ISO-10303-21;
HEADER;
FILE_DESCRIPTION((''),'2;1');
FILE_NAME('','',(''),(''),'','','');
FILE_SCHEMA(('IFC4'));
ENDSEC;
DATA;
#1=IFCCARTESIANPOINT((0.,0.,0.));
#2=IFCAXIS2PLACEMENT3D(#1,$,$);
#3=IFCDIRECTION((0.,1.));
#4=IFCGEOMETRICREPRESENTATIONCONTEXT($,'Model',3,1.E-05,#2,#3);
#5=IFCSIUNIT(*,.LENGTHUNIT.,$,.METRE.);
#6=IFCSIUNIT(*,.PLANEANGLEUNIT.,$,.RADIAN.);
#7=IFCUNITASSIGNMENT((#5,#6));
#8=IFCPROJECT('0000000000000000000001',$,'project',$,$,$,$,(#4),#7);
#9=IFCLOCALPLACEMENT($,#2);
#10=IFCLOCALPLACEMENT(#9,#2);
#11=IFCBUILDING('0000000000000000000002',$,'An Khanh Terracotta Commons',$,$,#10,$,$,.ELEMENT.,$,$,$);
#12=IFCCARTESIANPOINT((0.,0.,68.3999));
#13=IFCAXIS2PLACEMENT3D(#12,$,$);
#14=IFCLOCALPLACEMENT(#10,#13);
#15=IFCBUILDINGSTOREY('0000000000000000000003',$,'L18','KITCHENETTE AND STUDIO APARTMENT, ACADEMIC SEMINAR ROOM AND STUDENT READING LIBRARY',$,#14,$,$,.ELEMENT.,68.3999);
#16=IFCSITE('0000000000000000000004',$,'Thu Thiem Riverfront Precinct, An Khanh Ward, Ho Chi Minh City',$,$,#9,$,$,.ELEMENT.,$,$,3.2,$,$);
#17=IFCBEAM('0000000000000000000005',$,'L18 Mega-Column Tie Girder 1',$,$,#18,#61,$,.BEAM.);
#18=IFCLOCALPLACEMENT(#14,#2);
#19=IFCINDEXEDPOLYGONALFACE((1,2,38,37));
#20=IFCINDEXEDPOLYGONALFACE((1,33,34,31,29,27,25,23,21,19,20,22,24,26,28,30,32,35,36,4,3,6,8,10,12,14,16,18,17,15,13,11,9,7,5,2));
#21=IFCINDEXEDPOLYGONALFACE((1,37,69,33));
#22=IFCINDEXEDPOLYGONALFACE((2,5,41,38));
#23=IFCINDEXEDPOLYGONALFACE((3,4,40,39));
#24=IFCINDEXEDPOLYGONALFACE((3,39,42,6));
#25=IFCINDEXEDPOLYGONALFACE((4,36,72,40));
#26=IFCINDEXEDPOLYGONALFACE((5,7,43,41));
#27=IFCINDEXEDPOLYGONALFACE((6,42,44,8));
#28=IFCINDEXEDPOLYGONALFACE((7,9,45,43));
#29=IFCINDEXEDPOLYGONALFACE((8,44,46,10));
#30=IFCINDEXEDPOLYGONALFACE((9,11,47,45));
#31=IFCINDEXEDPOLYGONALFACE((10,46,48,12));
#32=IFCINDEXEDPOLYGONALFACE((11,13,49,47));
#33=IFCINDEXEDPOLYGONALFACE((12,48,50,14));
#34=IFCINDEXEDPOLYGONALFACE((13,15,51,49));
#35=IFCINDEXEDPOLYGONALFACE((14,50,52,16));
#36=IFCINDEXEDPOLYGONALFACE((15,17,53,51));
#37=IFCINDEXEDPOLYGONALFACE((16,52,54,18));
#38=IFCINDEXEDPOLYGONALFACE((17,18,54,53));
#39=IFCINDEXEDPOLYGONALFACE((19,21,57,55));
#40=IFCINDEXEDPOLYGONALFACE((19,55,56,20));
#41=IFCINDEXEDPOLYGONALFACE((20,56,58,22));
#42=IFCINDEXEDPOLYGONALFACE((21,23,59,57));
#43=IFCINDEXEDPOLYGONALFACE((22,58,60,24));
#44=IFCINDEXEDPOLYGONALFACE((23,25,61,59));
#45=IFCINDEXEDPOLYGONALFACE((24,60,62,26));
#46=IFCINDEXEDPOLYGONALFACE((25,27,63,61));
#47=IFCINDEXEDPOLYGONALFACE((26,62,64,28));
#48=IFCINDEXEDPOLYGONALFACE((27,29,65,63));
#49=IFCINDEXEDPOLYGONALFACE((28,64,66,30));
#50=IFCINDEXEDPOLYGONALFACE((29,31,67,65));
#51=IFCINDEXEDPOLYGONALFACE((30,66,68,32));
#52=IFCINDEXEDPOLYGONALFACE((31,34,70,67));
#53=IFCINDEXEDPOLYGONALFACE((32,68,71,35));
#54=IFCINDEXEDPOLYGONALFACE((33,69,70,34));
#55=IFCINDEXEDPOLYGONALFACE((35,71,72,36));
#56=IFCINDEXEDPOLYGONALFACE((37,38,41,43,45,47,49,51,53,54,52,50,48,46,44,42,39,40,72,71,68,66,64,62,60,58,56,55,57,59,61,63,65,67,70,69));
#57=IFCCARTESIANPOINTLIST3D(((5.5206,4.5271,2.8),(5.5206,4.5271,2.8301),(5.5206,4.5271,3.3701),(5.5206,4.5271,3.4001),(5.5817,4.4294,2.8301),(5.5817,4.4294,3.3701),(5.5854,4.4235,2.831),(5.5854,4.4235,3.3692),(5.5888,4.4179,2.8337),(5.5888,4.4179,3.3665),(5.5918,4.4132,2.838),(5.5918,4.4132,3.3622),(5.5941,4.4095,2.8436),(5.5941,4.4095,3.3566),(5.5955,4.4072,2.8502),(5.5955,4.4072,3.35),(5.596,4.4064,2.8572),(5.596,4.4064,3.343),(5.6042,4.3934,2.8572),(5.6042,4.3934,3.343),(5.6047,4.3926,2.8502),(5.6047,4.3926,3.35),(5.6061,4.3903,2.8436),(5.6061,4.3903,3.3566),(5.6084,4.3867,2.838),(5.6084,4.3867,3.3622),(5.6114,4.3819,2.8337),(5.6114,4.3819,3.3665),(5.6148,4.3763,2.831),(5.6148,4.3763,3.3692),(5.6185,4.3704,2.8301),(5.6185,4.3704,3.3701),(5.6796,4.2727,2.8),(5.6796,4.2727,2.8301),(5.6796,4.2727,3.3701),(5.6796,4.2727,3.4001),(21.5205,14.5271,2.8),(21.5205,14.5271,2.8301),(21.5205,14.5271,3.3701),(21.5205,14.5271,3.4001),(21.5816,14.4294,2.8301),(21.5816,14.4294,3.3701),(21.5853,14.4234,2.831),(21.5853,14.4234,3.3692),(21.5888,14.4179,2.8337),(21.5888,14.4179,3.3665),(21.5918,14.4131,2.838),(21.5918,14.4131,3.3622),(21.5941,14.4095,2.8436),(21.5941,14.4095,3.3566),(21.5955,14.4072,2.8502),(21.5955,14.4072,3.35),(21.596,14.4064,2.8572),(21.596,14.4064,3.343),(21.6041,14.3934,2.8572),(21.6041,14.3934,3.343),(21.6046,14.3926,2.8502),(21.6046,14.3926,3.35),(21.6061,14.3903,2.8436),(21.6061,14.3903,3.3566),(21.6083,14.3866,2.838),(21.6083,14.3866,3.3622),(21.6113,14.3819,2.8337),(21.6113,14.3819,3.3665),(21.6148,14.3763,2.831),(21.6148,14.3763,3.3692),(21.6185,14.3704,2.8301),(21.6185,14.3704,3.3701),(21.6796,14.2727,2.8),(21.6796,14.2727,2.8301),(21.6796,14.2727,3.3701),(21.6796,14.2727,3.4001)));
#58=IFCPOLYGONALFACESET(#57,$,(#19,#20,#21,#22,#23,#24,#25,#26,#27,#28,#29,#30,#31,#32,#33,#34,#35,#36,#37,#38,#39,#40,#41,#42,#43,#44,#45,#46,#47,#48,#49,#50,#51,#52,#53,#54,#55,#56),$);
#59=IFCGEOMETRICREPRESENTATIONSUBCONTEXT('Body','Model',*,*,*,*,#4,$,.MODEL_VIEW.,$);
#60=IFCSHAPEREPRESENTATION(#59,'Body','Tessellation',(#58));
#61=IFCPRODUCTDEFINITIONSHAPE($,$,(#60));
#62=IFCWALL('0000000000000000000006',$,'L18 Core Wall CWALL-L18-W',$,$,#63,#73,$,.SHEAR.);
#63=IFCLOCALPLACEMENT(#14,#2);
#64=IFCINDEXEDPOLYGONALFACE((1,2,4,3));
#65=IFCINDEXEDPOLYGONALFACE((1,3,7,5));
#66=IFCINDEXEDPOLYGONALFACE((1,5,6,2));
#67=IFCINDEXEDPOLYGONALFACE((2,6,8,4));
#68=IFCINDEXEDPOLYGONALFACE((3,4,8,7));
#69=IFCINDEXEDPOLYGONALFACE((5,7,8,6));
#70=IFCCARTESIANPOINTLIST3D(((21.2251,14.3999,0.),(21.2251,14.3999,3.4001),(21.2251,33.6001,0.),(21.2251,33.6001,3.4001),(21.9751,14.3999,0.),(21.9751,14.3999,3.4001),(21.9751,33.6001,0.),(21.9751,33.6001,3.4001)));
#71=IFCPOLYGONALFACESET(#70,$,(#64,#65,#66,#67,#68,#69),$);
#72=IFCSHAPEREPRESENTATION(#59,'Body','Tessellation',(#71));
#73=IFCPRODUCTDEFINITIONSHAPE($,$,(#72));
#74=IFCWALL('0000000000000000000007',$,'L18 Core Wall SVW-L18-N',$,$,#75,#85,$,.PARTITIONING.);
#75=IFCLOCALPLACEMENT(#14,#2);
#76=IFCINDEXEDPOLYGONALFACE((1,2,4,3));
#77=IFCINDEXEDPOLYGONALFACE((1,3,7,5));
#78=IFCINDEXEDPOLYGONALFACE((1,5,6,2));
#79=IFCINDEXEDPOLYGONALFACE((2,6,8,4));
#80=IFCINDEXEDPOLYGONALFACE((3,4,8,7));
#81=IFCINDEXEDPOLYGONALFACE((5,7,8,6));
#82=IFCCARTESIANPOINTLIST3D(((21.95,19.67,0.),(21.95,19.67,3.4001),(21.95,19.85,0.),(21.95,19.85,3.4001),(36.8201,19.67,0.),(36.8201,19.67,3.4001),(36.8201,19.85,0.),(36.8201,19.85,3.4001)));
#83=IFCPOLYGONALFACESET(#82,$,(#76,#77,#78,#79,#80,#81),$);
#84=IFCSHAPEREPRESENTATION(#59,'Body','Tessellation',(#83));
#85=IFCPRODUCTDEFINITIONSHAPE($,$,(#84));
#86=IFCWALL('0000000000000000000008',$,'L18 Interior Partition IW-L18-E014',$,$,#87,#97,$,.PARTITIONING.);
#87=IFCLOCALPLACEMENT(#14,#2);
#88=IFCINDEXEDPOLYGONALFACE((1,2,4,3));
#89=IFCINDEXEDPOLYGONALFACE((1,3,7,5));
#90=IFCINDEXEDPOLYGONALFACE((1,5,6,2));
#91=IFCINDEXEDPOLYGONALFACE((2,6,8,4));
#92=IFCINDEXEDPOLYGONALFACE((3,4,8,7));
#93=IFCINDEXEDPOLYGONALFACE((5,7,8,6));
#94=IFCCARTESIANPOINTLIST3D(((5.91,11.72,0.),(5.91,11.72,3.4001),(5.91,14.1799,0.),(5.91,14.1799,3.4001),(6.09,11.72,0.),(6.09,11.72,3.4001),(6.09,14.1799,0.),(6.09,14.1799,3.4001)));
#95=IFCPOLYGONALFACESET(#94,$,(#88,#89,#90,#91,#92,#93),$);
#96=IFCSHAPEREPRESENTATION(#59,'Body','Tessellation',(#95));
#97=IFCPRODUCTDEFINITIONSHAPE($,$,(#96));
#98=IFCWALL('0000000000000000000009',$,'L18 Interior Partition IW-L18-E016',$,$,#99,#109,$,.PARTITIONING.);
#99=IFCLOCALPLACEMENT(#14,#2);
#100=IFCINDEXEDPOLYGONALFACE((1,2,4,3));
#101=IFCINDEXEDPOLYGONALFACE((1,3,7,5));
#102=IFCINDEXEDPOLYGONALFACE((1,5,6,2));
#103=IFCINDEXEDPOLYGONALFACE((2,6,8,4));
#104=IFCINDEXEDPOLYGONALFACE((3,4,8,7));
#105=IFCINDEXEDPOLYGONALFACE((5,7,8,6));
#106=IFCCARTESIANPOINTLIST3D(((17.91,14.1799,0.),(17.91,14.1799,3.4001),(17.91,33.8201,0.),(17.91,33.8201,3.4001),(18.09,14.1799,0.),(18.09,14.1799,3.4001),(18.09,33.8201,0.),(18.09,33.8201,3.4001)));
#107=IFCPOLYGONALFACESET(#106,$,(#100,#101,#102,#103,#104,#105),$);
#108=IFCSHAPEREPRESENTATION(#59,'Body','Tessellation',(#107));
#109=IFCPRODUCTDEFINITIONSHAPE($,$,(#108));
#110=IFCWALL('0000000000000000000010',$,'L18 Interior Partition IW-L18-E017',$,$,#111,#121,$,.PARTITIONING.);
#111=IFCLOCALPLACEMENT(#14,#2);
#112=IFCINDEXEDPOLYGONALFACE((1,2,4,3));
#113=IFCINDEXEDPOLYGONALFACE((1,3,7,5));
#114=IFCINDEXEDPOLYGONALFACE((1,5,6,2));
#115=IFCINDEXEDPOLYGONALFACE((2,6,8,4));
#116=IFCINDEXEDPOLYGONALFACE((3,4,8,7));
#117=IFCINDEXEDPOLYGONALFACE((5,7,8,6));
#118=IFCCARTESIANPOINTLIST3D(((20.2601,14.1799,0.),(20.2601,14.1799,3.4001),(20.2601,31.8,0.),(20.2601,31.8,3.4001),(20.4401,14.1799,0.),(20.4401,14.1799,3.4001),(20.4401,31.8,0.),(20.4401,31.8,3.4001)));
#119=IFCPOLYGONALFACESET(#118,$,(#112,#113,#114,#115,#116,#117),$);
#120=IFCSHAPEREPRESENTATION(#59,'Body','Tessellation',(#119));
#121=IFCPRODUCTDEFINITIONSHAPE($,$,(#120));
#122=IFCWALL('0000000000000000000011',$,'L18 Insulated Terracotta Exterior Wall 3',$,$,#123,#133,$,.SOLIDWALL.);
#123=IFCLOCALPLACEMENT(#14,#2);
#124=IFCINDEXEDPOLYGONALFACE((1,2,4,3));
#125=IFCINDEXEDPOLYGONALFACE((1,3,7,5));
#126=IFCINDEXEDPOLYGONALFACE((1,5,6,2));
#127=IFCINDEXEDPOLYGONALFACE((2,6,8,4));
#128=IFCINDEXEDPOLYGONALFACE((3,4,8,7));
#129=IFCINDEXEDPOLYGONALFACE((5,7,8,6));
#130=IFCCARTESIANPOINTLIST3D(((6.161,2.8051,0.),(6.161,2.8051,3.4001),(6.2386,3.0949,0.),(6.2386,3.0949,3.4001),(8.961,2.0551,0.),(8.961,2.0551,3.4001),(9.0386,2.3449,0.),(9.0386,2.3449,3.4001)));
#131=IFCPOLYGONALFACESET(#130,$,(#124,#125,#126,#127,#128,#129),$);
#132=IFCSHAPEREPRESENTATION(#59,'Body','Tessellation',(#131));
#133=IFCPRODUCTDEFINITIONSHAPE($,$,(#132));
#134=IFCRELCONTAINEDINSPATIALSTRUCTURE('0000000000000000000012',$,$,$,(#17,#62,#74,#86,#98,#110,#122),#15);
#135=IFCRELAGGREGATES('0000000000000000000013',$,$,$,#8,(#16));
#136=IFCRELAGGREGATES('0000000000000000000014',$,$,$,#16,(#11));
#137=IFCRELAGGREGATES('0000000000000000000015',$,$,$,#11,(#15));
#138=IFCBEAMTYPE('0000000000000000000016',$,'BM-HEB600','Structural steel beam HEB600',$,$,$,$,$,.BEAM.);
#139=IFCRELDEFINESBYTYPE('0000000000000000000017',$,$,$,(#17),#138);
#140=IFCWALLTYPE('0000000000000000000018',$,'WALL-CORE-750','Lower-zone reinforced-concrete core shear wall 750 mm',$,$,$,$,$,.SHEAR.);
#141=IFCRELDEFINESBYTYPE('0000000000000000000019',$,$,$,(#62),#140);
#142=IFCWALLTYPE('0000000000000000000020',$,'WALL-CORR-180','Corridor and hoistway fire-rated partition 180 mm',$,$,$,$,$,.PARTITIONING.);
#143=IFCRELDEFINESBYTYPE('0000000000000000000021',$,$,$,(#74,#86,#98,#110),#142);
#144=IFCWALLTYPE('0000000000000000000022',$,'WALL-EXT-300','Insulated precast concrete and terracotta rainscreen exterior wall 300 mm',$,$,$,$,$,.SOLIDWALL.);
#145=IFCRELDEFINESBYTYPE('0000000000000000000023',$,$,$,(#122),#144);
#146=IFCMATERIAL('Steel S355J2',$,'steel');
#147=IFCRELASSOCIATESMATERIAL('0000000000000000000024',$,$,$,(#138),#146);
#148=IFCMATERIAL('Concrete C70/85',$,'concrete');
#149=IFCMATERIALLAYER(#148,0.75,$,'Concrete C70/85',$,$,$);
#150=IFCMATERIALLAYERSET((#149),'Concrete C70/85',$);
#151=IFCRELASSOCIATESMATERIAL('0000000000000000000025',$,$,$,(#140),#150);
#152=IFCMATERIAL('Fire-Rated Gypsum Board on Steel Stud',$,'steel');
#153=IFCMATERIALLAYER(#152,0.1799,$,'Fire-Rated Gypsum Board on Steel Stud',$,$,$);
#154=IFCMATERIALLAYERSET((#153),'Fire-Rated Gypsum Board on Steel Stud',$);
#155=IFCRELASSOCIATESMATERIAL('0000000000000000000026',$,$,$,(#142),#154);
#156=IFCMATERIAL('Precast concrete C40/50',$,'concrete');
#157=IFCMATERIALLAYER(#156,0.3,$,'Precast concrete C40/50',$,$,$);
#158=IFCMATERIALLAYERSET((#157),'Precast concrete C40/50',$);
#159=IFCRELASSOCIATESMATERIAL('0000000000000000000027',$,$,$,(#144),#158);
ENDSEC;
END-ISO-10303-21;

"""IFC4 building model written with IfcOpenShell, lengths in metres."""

from ifc_helpers import new_model, si_unit, direction, frame, frame_2d, origin, origin_2d, place, context, subcontext, project, spatial, rectangle, i_section, extrude, material, layer, layer_set, material_profile, profile_set, type_object, element, save


model = new_model("IFC4")

# Units and contexts
model_context = context("Model", 3, precision=1e-05, world=origin(), true_north=direction((0.0, 1.0)))
body_context = subcontext(model_context, "Body", "Model", "MODEL_VIEW")
ifc_project = project(units=[si_unit("LENGTHUNIT", "METRE"), si_unit("PLANEANGLEUNIT", "RADIAN")], contexts=[model_context])

# Site, building, storey
site_placement = place(None, origin())
site = spatial("IfcSite", under=ifc_project, at=site_placement, Name="Thu Thiem Riverfront Precinct, An Khanh Ward, Ho Chi Minh City", CompositionType="ELEMENT", RefElevation=3.2)
building_placement = place(site_placement, origin())
building = spatial("IfcBuilding", under=site, at=building_placement, Name="An Khanh Terracotta Commons", CompositionType="ELEMENT")
storey_placement = place(building_placement, frame((0.0, 0.0, 68.3999)))
storey = spatial("IfcBuildingStorey", under=building, at=storey_placement, Name="L18", Description="KITCHENETTE AND STUDIO APARTMENT, ACADEMIC SEMINAR ROOM AND STUDENT READING LIBRARY", CompositionType="ELEMENT", Elevation=68.3999)

# Shared definitions
ifc_material_1 = material(Name="Concrete C70/85", Category="concrete")

# Beam
ifc_material_2 = material(Name="Steel S355J2", Category="steel")
ifc_material_profile_1 = material_profile(ifc_material_2, i_section(OverallWidth=0.3, OverallDepth=0.6001, WebThickness=0.0154, FlangeThickness=0.03, FilletRadius=0.0271, at=origin_2d()), Name="HEB600")
ifc_profile_set_1 = profile_set([ifc_material_profile_1], Name="Steel S355J2")
beam_type_1 = type_object("IfcBeamType", Name="BM-HEB600", Description="Structural steel beam HEB600", PredefinedType="BEAM", material=ifc_profile_set_1)
beam_1_placement = place(storey_placement, frame((5.6001, 4.3999, 3.1001), z_axis=(0.847998, 0.529999, 0.0), x_axis=(-0.529999, 0.847998, 0.0)))
element("IfcBeam", 1, at=beam_1_placement, inside=storey, type_object=beam_type_1, Name="L18 Mega-Column Tie Girder 1", PredefinedType="BEAM", context=body_context, shape_type="SweptSolid", body=[
    extrude(i_section(OverallWidth=0.3, OverallDepth=0.6001, WebThickness=0.0154, FlangeThickness=0.03, FilletRadius=0.0271, at=origin_2d()), origin(), (0.0, 0.0, 1.0), 18.8679),
])

# Walls
ifc_layer_1 = layer(ifc_material_1, 0.75, Name="Concrete C70/85")
ifc_layer_set_1 = layer_set([ifc_layer_1], Name="Concrete C70/85")
wall_type_1 = type_object("IfcWallType", Name="WALL-CORE-750", Description="Lower-zone reinforced-concrete core shear wall 750 mm", PredefinedType="SHEAR", material=ifc_layer_set_1)
wall_1_placement = place(storey_placement, frame((21.6001, 14.3999, 0.0), z_axis=(0.0, 0.0, 1.0), x_axis=(0.0, 1.0, 0.0)))
element("IfcWall", 2, at=wall_1_placement, inside=storey, type_object=wall_type_1, Name="L18 Core Wall CWALL-L18-W", PredefinedType="SHEAR", context=body_context, shape_type="SweptSolid", body=[
    extrude(rectangle(XDim=19.2002, YDim=0.75, at=frame_2d((9.6001, 0.0))), origin(), (0.0, 0.0, 1.0), 3.4001),
])
ifc_material_3 = material(Name="Fire-Rated Gypsum Board on Steel Stud", Category="steel")
ifc_layer_2 = layer(ifc_material_3, 0.1799, Name="Fire-Rated Gypsum Board on Steel Stud")
ifc_layer_set_2 = layer_set([ifc_layer_2], Name="Fire-Rated Gypsum Board on Steel Stud")
wall_type_2 = type_object("IfcWallType", Name="WALL-CORR-180", Description="Corridor and hoistway fire-rated partition 180 mm", PredefinedType="PARTITIONING", material=ifc_layer_set_2)
wall_2_placement = place(storey_placement, frame((21.95, 19.76, 0.0), z_axis=(0.0, 0.0, 1.0), x_axis=(1.0, 0.0, 0.0)))
element("IfcWall", 3, at=wall_2_placement, inside=storey, type_object=wall_type_2, Name="L18 Core Wall SVW-L18-N", PredefinedType="PARTITIONING", context=body_context, shape_type="SweptSolid", body=[
    extrude(rectangle(XDim=14.8701, YDim=0.1799, at=frame_2d((7.4351, 0.0))), origin(), (0.0, 0.0, 1.0), 3.4001),
])
wall_3_placement = place(storey_placement, frame((6.0, 11.72, 0.0), z_axis=(0.0, 0.0, 1.0), x_axis=(0.0, 1.0, 0.0)))
element("IfcWall", 4, at=wall_3_placement, inside=storey, type_object=wall_type_2, Name="L18 Interior Partition IW-L18-E014", PredefinedType="PARTITIONING", context=body_context, shape_type="SweptSolid", body=[
    extrude(rectangle(XDim=2.46, YDim=0.1799, at=frame_2d((1.23, 0.0))), origin(), (0.0, 0.0, 1.0), 3.4001),
])
wall_4_placement = place(storey_placement, frame((18.0, 14.1799, 0.0), z_axis=(0.0, 0.0, 1.0), x_axis=(0.0, 1.0, 0.0)))
element("IfcWall", 5, at=wall_4_placement, inside=storey, type_object=wall_type_2, Name="L18 Interior Partition IW-L18-E016", PredefinedType="PARTITIONING", context=body_context, shape_type="SweptSolid", body=[
    extrude(rectangle(XDim=19.6401, YDim=0.1799, at=frame_2d((9.8201, 0.0))), origin(), (0.0, 0.0, 1.0), 3.4001),
])
wall_5_placement = place(storey_placement, frame((20.3501, 14.1799, 0.0), z_axis=(0.0, 0.0, 1.0), x_axis=(0.0, 1.0, 0.0)))
element("IfcWall", 6, at=wall_5_placement, inside=storey, type_object=wall_type_2, Name="L18 Interior Partition IW-L18-E017", PredefinedType="PARTITIONING", context=body_context, shape_type="SweptSolid", body=[
    extrude(rectangle(XDim=17.6201, YDim=0.1799, at=frame_2d((8.8101, 0.0))), origin(), (0.0, 0.0, 1.0), 3.4001),
])
ifc_material_4 = material(Name="Precast concrete C40/50", Category="concrete")
ifc_layer_3 = layer(ifc_material_4, 0.3, Name="Precast concrete C40/50")
ifc_layer_set_3 = layer_set([ifc_layer_3], Name="Precast concrete C40/50")
wall_type_3 = type_object("IfcWallType", Name="WALL-EXT-300", Description="Insulated precast concrete and terracotta rainscreen exterior wall 300 mm", PredefinedType="SOLIDWALL", material=ifc_layer_set_3)
wall_6_placement = place(storey_placement, frame((6.2, 2.95, 0.0), z_axis=(0.0, 0.0, 1.0), x_axis=(0.965949, -0.258732, 0.0)))
element("IfcWall", 7, at=wall_6_placement, inside=storey, type_object=wall_type_3, Name="L18 Insulated Terracotta Exterior Wall 3", PredefinedType="SOLIDWALL", context=body_context, shape_type="SweptSolid", body=[
    extrude(rectangle(XDim=2.8987, YDim=0.3, at=frame_2d((1.4492, 0.0))), origin(), (0.0, 0.0, 1.0), 3.4001),
])

save(model, "model.ifc")
